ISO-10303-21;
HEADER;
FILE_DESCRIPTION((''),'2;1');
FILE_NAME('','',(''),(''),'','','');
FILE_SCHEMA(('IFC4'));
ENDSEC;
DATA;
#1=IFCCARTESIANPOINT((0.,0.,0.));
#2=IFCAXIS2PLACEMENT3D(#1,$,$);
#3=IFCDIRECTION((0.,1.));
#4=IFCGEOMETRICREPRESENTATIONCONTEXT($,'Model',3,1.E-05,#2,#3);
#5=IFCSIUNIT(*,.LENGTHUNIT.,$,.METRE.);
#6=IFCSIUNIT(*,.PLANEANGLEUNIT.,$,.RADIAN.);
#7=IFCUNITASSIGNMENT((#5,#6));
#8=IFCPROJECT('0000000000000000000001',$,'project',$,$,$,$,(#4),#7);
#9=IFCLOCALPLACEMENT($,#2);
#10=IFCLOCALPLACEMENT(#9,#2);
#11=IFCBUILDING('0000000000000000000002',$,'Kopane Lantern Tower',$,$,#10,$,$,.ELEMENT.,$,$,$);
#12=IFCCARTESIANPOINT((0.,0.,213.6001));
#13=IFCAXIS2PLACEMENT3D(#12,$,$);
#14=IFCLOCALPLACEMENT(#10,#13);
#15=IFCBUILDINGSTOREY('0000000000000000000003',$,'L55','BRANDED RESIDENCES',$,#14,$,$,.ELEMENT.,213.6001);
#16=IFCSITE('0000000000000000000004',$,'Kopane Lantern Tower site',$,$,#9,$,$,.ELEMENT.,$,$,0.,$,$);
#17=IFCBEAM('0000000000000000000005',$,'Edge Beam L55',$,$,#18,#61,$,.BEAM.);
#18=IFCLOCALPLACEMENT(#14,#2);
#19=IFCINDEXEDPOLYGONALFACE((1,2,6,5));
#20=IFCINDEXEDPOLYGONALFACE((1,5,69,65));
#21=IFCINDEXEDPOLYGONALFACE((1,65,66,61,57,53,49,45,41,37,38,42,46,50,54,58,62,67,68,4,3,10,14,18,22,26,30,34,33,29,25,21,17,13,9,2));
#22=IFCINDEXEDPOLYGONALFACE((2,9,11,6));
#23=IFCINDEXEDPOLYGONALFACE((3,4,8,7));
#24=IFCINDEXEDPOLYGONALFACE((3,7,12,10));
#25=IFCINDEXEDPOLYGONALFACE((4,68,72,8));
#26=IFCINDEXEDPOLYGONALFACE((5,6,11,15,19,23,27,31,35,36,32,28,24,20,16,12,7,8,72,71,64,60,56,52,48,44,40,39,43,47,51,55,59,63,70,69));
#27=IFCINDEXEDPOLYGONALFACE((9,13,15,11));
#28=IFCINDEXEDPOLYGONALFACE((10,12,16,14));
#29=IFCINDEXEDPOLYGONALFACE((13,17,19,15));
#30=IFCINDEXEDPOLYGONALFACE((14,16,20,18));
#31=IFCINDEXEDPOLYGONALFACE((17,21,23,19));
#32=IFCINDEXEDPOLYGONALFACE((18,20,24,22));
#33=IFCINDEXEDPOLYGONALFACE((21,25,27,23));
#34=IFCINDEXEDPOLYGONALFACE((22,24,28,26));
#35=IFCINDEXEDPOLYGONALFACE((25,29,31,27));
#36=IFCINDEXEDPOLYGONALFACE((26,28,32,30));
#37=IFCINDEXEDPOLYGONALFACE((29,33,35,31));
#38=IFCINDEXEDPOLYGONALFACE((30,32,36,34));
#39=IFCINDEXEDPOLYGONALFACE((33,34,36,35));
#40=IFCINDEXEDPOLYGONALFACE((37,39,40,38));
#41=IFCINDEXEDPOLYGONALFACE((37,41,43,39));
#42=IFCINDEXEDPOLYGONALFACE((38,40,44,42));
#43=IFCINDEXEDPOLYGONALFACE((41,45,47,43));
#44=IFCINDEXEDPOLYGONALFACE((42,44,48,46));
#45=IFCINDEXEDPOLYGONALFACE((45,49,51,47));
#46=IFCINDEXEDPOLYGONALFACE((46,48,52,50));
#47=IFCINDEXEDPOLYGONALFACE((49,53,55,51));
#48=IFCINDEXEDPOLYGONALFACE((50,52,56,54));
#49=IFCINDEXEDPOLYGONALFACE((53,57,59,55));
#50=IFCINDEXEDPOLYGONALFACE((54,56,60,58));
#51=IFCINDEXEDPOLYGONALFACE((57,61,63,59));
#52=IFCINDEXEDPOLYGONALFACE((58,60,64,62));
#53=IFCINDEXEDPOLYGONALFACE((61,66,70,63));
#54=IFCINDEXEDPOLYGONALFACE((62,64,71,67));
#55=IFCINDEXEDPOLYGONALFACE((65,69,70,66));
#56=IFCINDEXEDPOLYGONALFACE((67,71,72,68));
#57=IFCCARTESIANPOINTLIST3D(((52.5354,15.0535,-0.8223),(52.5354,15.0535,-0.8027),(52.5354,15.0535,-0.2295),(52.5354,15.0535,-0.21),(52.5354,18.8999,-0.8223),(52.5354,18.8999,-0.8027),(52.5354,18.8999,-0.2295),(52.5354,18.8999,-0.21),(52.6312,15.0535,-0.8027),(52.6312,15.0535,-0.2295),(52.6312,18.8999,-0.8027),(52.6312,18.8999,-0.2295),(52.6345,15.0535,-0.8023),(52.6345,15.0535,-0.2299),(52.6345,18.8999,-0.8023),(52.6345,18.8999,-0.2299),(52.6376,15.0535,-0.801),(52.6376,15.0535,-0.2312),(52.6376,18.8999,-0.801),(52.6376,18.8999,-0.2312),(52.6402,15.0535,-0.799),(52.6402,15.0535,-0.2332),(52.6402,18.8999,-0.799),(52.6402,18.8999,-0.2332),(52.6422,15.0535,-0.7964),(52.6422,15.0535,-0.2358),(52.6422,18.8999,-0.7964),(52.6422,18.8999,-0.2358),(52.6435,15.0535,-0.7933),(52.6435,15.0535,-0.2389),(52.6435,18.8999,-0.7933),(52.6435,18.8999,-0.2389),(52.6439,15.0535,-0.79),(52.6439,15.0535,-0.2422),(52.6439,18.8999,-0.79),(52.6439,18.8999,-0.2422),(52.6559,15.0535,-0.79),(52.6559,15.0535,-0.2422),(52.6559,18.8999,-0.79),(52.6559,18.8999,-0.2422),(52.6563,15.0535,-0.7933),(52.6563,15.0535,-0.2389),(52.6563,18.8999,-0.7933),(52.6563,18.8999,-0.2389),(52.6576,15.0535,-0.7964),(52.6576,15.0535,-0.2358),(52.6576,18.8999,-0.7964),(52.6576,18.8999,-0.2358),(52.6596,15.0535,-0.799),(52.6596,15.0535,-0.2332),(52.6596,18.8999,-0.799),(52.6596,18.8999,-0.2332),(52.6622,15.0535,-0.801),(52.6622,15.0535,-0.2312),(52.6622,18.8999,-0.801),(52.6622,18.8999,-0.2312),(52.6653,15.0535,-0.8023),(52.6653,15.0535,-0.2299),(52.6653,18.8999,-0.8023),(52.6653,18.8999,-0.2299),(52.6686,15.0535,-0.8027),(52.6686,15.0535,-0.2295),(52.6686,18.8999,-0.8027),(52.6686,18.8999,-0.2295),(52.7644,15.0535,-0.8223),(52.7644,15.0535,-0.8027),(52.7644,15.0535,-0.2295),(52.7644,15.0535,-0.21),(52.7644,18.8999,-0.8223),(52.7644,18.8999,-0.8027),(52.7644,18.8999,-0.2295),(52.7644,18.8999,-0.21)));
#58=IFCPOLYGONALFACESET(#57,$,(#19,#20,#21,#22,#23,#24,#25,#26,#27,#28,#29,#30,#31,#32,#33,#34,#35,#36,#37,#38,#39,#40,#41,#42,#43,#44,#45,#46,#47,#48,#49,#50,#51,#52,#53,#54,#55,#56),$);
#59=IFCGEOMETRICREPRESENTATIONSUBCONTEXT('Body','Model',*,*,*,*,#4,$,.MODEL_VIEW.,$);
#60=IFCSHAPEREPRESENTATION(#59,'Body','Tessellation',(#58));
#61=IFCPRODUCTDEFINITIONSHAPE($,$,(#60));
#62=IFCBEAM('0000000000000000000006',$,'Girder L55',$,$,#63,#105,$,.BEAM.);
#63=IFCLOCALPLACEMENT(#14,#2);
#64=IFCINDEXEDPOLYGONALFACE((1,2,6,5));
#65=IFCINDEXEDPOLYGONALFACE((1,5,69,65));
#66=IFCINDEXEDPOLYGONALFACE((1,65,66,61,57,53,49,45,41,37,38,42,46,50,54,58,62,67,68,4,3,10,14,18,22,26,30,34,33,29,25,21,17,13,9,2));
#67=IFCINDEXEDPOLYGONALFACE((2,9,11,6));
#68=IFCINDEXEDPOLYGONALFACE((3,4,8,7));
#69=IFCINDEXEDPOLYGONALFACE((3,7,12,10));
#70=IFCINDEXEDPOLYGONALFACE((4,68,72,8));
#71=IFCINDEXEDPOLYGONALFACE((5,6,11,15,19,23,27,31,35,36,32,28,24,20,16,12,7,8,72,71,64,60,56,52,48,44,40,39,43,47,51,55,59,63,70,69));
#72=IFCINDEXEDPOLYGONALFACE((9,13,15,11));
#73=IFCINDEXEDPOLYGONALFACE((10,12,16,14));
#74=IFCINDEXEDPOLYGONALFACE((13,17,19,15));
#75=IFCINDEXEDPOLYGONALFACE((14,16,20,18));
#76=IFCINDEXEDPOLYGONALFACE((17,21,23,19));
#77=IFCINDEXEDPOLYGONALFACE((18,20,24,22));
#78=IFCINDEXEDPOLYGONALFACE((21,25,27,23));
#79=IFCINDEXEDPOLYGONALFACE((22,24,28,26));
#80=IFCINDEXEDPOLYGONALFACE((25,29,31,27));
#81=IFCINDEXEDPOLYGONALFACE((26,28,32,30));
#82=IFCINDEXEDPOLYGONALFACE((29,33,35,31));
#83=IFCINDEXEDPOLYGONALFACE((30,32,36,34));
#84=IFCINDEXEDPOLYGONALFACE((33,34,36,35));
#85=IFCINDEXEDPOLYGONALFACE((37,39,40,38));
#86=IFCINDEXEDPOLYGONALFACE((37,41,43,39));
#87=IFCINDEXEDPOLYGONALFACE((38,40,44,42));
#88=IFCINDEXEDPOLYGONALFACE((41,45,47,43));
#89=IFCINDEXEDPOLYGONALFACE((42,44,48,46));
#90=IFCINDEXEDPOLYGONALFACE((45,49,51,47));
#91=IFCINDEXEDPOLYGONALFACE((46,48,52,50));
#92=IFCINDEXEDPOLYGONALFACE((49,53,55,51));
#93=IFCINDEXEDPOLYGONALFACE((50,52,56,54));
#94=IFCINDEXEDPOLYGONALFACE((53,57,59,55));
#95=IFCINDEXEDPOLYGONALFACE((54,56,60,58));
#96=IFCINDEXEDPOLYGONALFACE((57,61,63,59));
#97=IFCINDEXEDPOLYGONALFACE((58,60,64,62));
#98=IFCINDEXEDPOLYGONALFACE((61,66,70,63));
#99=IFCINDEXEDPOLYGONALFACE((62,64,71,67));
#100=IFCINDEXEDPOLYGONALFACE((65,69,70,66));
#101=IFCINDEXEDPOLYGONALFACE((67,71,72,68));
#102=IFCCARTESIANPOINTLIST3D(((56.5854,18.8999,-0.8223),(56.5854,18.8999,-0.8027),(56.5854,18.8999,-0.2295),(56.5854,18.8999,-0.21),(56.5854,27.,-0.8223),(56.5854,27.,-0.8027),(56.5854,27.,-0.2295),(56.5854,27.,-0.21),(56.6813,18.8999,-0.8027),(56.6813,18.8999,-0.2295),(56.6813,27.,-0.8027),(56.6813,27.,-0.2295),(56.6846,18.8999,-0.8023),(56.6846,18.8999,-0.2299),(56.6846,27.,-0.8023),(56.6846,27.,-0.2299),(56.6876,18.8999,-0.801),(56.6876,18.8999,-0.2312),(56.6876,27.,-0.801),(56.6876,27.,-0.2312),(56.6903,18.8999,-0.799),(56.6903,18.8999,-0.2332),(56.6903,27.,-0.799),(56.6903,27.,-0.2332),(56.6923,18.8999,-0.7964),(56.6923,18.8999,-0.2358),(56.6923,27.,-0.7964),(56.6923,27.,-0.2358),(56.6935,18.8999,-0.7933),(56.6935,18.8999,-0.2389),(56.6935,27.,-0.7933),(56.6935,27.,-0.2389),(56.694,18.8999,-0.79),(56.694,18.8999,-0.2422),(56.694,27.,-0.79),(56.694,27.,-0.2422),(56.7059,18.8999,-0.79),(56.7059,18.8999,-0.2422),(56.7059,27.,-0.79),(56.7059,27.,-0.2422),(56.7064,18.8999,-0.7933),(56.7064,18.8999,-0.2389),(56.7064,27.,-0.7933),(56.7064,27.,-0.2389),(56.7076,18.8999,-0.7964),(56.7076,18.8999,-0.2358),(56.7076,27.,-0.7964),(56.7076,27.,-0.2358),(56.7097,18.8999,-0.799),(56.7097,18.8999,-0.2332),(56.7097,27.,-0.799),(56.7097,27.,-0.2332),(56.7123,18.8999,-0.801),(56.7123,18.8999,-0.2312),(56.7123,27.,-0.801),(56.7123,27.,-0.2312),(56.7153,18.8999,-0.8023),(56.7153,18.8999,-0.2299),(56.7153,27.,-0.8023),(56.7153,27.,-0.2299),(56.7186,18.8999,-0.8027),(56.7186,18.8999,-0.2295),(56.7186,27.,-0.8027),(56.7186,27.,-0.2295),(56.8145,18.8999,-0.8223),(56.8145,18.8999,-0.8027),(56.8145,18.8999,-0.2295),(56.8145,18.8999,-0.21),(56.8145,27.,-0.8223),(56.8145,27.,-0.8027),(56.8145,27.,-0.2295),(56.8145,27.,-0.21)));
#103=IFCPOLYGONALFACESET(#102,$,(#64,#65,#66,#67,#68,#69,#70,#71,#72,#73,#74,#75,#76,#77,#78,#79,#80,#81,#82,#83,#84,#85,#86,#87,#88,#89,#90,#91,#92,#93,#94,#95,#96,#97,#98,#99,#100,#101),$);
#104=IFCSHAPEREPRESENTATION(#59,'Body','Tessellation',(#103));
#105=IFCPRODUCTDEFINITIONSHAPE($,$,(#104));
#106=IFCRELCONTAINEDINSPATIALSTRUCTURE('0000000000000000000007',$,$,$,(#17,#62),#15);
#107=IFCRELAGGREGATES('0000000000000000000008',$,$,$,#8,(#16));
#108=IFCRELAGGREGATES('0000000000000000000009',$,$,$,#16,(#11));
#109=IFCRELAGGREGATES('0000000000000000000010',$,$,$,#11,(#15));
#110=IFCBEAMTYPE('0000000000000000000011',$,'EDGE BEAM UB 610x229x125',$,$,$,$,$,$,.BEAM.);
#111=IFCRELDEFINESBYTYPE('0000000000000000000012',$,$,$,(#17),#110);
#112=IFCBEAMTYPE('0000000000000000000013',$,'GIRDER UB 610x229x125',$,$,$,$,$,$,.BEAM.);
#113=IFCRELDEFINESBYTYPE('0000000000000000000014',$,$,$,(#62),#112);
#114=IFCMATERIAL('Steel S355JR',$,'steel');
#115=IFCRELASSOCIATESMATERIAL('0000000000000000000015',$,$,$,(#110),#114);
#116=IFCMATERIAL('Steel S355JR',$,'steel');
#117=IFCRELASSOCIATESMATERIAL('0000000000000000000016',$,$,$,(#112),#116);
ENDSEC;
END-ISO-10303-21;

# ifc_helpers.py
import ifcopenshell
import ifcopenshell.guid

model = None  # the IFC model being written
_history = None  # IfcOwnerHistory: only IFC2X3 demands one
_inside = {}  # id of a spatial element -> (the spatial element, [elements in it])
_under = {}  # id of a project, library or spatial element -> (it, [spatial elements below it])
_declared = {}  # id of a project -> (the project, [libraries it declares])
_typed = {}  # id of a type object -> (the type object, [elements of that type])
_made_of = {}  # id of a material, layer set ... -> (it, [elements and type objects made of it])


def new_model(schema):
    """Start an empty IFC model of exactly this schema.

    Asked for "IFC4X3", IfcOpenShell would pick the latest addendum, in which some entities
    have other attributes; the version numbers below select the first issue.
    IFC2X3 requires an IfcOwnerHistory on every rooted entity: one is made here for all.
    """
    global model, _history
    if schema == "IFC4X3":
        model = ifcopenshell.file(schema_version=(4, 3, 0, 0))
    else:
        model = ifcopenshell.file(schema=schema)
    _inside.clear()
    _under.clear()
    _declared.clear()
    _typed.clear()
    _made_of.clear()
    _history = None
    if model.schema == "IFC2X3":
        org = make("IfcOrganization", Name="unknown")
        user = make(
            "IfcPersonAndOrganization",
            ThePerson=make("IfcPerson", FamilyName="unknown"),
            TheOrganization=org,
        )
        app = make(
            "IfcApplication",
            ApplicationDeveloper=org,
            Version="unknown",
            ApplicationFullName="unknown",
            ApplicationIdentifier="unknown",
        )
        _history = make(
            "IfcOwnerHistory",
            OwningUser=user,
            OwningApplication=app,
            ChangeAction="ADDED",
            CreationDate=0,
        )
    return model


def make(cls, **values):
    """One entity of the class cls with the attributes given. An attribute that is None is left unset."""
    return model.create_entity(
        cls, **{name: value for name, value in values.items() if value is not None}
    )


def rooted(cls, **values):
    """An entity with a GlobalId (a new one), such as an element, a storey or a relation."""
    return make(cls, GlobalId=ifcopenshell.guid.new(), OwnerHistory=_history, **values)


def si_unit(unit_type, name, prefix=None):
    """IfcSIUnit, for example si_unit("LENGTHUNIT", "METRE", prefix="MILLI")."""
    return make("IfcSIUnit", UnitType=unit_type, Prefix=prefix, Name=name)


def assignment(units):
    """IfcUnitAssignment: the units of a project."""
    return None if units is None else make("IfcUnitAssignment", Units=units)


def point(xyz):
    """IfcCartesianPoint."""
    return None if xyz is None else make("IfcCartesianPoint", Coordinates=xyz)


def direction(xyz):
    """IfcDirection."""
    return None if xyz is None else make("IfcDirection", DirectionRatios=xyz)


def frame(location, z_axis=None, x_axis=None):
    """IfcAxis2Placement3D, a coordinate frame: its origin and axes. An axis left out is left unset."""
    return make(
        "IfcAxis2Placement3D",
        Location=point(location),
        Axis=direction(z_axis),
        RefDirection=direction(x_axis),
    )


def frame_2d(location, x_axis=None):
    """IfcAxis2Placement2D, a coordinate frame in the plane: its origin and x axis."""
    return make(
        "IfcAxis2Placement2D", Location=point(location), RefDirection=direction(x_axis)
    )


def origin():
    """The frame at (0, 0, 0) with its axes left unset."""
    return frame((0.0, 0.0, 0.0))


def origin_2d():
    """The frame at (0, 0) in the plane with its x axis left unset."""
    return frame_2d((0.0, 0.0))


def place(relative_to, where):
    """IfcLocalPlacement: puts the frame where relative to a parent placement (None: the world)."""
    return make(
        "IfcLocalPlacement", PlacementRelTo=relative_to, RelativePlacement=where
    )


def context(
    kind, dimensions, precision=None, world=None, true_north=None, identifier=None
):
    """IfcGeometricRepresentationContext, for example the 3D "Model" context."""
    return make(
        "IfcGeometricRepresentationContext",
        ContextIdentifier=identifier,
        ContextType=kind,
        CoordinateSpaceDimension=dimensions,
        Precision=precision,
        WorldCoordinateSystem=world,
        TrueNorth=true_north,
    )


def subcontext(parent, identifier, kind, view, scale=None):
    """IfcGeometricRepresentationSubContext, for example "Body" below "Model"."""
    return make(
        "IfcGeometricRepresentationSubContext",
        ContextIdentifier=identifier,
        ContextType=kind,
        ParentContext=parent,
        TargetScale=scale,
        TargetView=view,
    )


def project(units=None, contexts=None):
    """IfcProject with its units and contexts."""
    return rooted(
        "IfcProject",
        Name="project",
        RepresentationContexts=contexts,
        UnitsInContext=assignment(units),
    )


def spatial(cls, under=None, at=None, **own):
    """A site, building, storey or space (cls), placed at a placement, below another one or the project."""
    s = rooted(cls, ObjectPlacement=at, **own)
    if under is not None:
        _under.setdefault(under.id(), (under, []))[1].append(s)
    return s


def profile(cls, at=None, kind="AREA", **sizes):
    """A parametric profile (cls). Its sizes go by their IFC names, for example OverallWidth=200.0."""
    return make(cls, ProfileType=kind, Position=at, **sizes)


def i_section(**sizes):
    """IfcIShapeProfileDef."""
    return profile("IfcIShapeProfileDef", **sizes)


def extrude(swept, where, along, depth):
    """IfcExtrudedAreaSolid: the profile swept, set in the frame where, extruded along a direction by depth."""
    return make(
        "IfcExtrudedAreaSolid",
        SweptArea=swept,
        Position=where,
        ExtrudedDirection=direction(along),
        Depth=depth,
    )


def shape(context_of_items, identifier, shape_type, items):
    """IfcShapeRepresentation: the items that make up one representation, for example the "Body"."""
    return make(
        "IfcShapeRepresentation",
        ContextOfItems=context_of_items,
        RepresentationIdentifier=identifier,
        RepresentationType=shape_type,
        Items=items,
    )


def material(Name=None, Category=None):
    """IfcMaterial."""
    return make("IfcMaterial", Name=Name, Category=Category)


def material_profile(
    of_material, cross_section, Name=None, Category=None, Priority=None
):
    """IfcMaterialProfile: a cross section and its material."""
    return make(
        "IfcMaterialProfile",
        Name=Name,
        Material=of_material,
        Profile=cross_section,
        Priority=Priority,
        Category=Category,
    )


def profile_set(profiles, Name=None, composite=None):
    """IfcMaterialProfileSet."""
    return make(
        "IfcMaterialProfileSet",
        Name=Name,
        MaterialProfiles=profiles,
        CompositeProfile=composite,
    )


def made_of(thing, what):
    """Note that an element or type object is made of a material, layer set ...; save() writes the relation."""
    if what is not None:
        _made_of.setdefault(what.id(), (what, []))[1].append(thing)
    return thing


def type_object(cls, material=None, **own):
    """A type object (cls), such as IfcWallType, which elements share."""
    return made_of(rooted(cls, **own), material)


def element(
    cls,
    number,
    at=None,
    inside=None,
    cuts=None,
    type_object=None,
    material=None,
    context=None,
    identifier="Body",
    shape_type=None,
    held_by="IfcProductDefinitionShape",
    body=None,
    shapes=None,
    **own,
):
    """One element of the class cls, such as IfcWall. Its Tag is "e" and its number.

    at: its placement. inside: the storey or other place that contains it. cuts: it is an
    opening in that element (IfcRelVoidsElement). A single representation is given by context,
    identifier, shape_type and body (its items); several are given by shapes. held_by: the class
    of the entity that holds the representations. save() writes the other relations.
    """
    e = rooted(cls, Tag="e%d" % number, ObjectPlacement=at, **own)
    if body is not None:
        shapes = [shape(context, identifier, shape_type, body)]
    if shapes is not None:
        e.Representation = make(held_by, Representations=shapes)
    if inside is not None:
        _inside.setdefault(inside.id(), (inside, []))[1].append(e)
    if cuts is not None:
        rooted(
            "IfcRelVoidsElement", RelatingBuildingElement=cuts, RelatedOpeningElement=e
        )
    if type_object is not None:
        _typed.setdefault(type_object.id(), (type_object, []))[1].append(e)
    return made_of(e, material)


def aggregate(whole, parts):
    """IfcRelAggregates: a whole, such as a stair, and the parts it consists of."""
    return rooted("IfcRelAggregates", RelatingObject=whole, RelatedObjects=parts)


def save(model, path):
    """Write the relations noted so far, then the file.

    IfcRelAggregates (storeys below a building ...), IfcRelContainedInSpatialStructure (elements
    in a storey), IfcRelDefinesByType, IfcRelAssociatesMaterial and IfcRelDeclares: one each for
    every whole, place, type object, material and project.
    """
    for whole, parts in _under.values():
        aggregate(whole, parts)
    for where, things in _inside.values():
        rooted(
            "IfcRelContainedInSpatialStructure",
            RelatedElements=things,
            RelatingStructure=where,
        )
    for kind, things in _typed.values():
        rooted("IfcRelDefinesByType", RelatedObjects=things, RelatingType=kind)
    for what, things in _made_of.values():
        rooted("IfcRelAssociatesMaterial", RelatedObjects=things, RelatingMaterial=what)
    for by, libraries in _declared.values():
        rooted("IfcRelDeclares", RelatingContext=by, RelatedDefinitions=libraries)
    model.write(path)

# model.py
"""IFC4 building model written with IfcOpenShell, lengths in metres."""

from ifc_helpers import new_model, si_unit, direction, frame, origin, origin_2d, place, context, subcontext, project, spatial, i_section, extrude, material, material_profile, profile_set, type_object, element, save


model = new_model("IFC4")

# Units and contexts
model_context = context("Model", 3, precision=1e-05, world=origin(), true_north=direction((0.0, 1.0)))
body_context = subcontext(model_context, "Body", "Model", "MODEL_VIEW")
ifc_project = project(units=[si_unit("LENGTHUNIT", "METRE"), si_unit("PLANEANGLEUNIT", "RADIAN")], contexts=[model_context])

# Site, building, storey
site_placement = place(None, origin())
site = spatial("IfcSite", under=ifc_project, at=site_placement, Name="Kopane Lantern Tower site", CompositionType="ELEMENT", RefElevation=0.0)
building_placement = place(site_placement, origin())
building = spatial("IfcBuilding", under=site, at=building_placement, Name="Kopane Lantern Tower", CompositionType="ELEMENT")
storey_placement = place(building_placement, frame((0.0, 0.0, 213.6001)))
storey = spatial("IfcBuildingStorey", under=building, at=storey_placement, Name="L55", Description="BRANDED RESIDENCES", CompositionType="ELEMENT", Elevation=213.6001)

# Beams
ifc_material_1 = material(Name="Steel S355JR", Category="steel")
ifc_material_profile_1 = material_profile(ifc_material_1, i_section(OverallWidth=0.229, OverallDepth=0.6123, WebThickness=0.012, FlangeThickness=0.0195, FilletRadius=0.0127, at=origin_2d()), Name="UB 610x229x125")
ifc_profile_set_1 = profile_set([ifc_material_profile_1], Name="Steel S355JR")
beam_type_1 = type_object("IfcBeamType", Name="EDGE BEAM UB 610x229x125", PredefinedType="BEAM", material=ifc_profile_set_1)
for number, where, z_axis, x_axis, name in (
    (1, (52.6499, 15.0535, -0.5161), (0.0, 1.0, 0.0), (-1.0, 0.0, 0.0), "Edge Beam L55"),
):
    element("IfcBeam", number, at=place(storey_placement, frame(where, z_axis=z_axis, x_axis=x_axis)), inside=storey, type_object=beam_type_1, Name=name, PredefinedType="BEAM", context=body_context, shape_type="SweptSolid", body=[
        extrude(i_section(OverallWidth=0.229, OverallDepth=0.6123, WebThickness=0.012, FlangeThickness=0.0195, FilletRadius=0.0127, at=origin_2d()), origin(), (0.0, 0.0, 1.0), 3.8464),
    ])
ifc_material_2 = material(Name="Steel S355JR", Category="steel")
ifc_material_profile_2 = material_profile(ifc_material_2, i_section(OverallWidth=0.229, OverallDepth=0.6123, WebThickness=0.012, FlangeThickness=0.0195, FilletRadius=0.0127, at=origin_2d()), Name="UB 610x229x125")
ifc_profile_set_2 = profile_set([ifc_material_profile_2], Name="Steel S355JR")
beam_type_2 = type_object("IfcBeamType", Name="GIRDER UB 610x229x125", PredefinedType="BEAM", material=ifc_profile_set_2)
beam_1_placement = place(storey_placement, frame((56.7, 18.8999, -0.5161), z_axis=(0.0, 1.0, 0.0), x_axis=(-1.0, 0.0, 0.0)))
element("IfcBeam", 2, at=beam_1_placement, inside=storey, type_object=beam_type_2, Name="Girder L55", PredefinedType="BEAM", context=body_context, shape_type="SweptSolid", body=[
    extrude(i_section(OverallWidth=0.229, OverallDepth=0.6123, WebThickness=0.012, FlangeThickness=0.0195, FilletRadius=0.0127, at=origin_2d()), origin(), (0.0, 0.0, 1.0), 8.1001),
])

save(model, "model.ifc")
